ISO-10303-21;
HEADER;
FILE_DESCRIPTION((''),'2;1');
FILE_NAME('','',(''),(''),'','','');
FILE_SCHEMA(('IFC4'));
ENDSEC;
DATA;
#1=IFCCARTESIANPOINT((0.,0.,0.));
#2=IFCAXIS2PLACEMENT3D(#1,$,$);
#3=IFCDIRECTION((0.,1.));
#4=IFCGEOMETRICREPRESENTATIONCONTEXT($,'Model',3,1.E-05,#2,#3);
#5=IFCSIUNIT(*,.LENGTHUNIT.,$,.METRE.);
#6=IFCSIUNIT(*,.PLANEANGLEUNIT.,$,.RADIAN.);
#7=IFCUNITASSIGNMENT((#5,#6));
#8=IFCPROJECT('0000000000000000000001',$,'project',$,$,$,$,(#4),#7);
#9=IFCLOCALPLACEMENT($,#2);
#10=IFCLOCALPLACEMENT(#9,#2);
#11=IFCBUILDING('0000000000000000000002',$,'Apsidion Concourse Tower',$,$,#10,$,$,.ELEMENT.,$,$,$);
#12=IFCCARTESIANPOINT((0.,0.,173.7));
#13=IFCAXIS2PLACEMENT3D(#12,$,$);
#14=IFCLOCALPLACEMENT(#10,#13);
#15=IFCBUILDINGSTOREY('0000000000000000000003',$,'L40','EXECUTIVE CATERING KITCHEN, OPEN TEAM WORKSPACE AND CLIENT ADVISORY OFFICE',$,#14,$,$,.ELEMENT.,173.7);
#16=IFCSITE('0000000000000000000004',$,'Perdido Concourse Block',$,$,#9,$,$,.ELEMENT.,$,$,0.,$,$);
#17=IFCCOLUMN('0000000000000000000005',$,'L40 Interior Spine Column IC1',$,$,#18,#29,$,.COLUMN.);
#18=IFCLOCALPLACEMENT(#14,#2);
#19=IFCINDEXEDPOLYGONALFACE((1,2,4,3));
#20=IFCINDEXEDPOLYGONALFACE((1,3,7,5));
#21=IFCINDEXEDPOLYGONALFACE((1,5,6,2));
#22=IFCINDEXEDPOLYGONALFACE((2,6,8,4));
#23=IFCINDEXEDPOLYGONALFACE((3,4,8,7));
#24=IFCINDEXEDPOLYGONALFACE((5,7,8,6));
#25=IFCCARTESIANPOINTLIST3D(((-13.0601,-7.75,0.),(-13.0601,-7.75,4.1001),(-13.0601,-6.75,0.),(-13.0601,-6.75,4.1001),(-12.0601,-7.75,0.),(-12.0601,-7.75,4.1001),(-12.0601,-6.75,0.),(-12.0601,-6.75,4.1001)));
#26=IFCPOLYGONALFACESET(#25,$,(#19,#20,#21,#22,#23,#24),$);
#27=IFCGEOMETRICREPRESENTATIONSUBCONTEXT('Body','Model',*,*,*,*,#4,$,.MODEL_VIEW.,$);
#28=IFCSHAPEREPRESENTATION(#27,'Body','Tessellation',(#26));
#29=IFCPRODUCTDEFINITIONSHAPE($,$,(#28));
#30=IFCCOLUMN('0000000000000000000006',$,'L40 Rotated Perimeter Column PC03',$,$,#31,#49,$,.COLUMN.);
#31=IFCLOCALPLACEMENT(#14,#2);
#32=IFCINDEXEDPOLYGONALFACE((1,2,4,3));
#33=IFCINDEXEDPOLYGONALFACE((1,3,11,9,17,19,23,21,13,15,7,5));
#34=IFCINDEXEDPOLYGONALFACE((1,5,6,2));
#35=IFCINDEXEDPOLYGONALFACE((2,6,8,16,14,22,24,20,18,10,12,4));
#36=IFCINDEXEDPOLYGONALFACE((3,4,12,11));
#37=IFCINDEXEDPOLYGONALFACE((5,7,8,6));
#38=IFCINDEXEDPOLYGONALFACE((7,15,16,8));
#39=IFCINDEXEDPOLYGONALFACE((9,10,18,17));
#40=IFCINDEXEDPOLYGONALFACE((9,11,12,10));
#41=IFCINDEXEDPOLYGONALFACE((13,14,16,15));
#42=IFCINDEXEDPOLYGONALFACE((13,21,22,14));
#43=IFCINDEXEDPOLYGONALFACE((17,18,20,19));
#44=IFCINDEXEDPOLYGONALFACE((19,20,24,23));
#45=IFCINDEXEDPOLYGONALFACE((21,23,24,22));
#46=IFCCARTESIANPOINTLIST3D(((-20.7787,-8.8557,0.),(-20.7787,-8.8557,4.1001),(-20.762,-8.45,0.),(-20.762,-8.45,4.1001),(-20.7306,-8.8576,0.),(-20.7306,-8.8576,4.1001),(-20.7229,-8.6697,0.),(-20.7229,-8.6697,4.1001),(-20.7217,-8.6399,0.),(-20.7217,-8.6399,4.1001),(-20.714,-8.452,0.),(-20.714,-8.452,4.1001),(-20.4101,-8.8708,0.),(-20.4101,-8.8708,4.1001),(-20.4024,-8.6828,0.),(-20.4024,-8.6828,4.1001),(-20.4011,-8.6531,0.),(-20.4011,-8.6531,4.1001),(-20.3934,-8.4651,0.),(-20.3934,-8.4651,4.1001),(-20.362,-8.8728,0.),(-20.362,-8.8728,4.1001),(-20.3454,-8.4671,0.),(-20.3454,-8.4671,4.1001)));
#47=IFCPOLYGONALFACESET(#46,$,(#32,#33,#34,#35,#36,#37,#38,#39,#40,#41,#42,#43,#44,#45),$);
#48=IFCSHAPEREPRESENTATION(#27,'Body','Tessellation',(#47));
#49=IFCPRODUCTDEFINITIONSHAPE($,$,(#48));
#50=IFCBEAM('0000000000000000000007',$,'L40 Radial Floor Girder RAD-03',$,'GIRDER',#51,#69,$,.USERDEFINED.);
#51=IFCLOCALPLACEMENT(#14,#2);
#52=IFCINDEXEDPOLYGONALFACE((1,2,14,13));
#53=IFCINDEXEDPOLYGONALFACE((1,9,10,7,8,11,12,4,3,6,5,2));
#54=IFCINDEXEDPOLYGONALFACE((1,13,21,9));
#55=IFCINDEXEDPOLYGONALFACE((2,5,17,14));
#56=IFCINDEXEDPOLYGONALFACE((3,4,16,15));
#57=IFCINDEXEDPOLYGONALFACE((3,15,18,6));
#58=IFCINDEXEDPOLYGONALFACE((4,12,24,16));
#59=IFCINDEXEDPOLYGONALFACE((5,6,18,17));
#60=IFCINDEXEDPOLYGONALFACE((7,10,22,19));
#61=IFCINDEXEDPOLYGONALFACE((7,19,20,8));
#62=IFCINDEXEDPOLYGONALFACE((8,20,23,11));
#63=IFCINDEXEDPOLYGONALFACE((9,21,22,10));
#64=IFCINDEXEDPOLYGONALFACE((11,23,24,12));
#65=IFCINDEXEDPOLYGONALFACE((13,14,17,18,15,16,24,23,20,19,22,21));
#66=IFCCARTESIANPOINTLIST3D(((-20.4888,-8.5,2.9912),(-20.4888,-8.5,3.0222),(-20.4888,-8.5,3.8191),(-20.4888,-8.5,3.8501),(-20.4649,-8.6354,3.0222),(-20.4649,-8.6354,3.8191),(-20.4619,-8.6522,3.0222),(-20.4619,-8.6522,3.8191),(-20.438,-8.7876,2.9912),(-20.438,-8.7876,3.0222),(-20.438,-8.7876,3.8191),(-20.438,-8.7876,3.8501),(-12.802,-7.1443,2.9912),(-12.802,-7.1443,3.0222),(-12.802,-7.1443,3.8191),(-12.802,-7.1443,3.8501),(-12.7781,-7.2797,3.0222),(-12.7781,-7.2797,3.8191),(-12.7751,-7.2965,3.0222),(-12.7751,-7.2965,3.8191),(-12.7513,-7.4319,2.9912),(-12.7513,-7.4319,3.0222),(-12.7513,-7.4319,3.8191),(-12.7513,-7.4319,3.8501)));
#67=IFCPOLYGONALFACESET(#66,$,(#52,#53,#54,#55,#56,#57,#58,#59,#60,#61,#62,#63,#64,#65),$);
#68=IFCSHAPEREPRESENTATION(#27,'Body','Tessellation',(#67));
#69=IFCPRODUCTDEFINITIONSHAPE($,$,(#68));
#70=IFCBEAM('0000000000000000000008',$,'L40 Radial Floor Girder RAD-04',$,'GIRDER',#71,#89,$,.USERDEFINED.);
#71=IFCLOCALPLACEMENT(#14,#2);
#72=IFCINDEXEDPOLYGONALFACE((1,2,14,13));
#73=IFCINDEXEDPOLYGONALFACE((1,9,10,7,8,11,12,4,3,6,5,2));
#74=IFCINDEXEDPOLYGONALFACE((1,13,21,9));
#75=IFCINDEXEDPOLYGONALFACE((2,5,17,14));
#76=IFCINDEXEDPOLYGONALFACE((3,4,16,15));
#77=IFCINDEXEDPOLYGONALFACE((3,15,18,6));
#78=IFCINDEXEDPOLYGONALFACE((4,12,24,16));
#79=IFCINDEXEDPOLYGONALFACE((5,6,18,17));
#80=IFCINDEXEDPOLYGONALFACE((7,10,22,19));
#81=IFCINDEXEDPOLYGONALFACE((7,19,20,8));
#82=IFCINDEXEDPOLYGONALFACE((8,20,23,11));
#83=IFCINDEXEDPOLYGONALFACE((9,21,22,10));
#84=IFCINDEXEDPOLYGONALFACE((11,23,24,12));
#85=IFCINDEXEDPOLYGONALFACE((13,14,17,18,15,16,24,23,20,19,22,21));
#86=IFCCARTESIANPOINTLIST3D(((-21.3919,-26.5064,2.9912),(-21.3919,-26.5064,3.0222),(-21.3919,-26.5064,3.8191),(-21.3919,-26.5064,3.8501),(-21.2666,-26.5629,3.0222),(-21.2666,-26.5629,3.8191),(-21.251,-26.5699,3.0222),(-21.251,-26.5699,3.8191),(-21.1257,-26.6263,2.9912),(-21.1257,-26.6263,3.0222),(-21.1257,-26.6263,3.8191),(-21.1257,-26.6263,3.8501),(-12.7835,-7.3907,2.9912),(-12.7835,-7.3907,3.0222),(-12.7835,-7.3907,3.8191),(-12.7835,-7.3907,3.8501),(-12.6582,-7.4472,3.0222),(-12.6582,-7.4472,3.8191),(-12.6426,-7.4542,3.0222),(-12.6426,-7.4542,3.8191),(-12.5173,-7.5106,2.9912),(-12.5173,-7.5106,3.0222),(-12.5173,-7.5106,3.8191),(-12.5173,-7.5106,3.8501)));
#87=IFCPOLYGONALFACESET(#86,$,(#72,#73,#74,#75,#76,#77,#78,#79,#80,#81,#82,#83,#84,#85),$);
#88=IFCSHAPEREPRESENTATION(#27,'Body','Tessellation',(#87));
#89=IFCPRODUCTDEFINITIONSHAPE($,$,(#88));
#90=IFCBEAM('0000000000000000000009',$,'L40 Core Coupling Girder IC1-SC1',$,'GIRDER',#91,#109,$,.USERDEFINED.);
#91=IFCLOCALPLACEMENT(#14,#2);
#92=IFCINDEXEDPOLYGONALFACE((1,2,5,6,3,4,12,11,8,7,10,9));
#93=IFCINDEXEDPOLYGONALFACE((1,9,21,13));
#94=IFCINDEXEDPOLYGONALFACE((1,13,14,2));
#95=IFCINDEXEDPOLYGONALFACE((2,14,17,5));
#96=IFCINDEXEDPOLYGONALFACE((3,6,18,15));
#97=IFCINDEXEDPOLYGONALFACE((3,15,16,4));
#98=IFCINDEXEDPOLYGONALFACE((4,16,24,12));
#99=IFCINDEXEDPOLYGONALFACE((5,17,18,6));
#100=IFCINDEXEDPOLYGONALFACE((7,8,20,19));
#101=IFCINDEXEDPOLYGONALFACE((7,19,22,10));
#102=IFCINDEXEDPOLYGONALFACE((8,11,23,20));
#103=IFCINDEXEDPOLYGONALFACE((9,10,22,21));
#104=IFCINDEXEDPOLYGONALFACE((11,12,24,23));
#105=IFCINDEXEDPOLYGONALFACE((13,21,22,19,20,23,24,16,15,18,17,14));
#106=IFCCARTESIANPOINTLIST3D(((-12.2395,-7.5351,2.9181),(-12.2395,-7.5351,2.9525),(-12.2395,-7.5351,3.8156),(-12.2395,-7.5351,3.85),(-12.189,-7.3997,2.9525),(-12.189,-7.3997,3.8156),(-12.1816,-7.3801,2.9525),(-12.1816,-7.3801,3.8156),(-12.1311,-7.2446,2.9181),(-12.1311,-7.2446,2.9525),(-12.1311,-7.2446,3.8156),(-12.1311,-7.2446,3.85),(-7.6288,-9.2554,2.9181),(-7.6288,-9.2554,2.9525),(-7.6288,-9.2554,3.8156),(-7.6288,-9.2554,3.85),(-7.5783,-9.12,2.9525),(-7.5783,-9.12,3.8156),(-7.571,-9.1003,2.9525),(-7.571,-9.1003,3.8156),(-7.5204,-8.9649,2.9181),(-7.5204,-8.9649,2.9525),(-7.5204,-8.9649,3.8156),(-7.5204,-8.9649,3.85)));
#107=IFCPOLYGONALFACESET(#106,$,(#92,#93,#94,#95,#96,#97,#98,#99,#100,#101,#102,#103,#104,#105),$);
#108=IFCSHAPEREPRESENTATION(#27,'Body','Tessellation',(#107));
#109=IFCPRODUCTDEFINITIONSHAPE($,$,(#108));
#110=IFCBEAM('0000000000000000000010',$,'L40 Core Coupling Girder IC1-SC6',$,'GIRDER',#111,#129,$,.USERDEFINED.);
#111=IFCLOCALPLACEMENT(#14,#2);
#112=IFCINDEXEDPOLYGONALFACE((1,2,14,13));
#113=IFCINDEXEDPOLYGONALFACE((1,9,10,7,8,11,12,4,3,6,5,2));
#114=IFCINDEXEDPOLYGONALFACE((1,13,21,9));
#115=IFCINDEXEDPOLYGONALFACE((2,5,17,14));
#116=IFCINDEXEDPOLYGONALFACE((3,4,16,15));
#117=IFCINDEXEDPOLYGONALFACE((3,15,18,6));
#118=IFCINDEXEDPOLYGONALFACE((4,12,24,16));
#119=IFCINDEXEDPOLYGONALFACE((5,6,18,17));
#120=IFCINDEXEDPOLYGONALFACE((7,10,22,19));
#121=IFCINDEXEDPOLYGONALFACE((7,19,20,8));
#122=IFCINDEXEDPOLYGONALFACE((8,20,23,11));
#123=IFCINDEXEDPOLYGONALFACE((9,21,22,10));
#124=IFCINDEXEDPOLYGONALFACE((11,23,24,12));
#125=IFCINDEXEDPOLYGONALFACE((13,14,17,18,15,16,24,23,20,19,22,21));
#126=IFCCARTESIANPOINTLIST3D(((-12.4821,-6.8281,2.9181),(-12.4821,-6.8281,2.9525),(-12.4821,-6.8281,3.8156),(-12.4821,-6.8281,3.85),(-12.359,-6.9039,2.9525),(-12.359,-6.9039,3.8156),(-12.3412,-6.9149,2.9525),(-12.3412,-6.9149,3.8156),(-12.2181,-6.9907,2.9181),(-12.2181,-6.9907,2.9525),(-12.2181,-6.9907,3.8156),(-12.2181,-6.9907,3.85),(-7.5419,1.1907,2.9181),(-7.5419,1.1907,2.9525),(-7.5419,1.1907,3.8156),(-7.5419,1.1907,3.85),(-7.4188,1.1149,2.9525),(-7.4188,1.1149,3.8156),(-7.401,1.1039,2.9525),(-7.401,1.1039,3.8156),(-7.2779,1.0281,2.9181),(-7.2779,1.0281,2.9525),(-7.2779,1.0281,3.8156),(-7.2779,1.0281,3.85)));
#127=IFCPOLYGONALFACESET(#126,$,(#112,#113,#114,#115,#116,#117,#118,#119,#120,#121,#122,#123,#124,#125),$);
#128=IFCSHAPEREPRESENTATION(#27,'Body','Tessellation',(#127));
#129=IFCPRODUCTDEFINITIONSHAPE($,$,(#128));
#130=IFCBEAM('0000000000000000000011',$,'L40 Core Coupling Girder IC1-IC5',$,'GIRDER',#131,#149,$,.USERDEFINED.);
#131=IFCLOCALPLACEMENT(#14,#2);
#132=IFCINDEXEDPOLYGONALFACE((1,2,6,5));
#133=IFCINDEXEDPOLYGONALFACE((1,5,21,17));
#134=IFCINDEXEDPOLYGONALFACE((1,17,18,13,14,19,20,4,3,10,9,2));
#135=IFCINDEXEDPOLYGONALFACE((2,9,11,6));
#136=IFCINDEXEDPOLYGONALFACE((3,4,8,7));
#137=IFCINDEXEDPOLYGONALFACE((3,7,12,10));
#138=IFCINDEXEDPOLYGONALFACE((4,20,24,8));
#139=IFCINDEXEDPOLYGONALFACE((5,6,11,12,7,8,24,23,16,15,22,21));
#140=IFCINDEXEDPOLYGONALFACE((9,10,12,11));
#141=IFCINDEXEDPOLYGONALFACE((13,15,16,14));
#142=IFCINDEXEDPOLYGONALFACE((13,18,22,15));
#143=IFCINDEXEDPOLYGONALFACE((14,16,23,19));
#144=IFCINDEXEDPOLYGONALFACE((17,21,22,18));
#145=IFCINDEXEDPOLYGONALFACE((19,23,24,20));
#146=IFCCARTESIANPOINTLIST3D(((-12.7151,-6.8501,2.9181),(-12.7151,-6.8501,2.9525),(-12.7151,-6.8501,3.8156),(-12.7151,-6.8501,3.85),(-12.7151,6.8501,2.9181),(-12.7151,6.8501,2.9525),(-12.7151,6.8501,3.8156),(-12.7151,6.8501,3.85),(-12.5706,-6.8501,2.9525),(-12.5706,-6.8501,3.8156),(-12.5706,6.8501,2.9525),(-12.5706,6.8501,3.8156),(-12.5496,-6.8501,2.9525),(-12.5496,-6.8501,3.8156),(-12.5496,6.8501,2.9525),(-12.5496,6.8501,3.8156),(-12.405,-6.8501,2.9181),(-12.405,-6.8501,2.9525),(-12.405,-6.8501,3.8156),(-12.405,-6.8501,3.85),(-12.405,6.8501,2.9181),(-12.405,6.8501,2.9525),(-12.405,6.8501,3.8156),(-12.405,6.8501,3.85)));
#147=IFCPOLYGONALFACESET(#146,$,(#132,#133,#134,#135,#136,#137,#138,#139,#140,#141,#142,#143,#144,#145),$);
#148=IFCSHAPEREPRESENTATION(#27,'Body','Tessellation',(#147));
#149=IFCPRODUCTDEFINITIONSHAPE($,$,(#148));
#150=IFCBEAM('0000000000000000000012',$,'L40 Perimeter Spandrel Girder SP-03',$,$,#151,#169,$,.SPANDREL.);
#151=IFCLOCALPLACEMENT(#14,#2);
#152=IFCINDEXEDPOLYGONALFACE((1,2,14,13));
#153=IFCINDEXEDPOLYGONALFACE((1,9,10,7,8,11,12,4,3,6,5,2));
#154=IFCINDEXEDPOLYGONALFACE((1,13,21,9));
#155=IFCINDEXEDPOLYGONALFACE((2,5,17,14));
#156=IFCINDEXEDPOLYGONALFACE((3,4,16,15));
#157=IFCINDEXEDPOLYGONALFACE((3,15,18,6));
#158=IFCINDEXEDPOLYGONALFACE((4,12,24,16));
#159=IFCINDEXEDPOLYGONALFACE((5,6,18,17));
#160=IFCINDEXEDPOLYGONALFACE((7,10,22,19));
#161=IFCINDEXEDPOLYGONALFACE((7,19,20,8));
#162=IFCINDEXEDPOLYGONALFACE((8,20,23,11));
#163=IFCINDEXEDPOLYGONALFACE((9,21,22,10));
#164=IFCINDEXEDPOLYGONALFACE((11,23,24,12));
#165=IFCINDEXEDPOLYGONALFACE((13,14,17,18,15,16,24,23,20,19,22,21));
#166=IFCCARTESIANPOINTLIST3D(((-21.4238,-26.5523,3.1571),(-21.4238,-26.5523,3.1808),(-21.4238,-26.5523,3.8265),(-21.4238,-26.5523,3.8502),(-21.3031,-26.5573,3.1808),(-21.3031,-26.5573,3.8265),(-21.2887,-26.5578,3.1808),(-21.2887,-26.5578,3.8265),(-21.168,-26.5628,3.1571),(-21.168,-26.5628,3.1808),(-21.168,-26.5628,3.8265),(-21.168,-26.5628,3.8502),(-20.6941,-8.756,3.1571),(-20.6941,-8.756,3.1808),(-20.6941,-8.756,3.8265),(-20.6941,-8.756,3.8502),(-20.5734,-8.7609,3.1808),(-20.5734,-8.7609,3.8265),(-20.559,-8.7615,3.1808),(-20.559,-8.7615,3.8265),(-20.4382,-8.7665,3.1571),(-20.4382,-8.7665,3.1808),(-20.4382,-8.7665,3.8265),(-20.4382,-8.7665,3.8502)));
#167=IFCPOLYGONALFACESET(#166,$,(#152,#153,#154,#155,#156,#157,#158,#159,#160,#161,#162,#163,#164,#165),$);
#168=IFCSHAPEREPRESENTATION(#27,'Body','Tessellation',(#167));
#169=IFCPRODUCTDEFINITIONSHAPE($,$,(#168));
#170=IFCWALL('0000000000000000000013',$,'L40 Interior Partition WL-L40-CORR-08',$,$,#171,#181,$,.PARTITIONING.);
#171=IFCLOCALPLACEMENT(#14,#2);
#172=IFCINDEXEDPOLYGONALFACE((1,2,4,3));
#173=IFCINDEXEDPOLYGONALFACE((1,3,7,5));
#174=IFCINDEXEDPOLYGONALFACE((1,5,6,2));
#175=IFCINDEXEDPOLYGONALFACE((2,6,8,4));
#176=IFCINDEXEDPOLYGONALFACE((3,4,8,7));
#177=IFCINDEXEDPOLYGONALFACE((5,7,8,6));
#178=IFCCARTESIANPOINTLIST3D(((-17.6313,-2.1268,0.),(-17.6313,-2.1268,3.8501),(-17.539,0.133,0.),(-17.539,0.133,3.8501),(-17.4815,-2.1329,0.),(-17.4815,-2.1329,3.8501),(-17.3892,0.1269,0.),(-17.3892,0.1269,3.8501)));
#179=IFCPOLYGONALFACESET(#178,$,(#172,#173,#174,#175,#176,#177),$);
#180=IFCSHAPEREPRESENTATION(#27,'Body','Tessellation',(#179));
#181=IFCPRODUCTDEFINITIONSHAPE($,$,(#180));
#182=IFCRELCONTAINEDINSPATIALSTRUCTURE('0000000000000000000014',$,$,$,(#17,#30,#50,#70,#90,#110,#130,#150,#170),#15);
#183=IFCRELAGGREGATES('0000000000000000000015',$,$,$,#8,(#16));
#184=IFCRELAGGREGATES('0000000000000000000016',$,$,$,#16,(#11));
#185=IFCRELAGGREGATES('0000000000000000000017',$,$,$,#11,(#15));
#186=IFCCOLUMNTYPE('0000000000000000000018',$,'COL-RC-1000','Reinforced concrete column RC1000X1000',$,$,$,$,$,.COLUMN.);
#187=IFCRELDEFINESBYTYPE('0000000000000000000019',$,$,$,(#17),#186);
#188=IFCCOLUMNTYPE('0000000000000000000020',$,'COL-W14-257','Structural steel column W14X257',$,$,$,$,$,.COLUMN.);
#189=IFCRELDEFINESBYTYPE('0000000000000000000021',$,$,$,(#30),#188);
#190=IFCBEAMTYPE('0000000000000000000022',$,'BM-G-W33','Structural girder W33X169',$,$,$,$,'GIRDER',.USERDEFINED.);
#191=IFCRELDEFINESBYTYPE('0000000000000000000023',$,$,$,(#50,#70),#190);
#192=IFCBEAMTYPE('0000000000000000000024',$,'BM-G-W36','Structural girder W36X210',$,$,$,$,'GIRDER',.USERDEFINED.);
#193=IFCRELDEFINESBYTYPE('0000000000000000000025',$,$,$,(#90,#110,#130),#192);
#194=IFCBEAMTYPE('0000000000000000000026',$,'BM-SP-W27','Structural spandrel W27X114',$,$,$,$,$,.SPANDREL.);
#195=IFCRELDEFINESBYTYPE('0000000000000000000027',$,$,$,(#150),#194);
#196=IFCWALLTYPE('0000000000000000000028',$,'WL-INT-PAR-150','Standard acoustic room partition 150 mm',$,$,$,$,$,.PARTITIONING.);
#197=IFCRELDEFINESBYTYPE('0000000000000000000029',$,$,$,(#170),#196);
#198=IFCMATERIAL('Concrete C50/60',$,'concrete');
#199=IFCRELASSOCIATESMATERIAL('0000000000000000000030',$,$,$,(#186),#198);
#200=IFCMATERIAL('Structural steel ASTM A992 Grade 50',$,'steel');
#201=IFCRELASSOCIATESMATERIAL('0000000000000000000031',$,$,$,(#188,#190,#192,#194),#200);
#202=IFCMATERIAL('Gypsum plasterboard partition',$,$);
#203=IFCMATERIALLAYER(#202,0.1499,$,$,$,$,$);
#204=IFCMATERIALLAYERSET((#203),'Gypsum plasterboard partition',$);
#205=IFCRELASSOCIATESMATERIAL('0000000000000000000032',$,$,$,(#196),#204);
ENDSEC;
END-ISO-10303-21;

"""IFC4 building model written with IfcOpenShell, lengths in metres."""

from ifc_helpers import new_model, si_unit, direction, frame, frame_2d, origin, origin_2d, place, context, subcontext, project, spatial, rectangle, i_section, extrude, material, layer, layer_set, material_profile, profile_set, type_object, element, save


model = new_model("IFC4")

# Units and contexts
model_context = context("Model", 3, precision=1e-05, world=origin(), true_north=direction((0.0, 1.0)))
body_context = subcontext(model_context, "Body", "Model", "MODEL_VIEW")
ifc_project = project(units=[si_unit("LENGTHUNIT", "METRE"), si_unit("PLANEANGLEUNIT", "RADIAN")], contexts=[model_context])

# Site, building, storey
site_placement = place(None, origin())
site = spatial("IfcSite", under=ifc_project, at=site_placement, Name="Perdido Concourse Block", CompositionType="ELEMENT", RefElevation=0.0)
building_placement = place(site_placement, origin())
building = spatial("IfcBuilding", under=site, at=building_placement, Name="Apsidion Concourse Tower", CompositionType="ELEMENT")
storey_placement = place(building_placement, frame((0.0, 0.0, 173.7)))
storey = spatial("IfcBuildingStorey", under=building, at=storey_placement, Name="L40", Description="EXECUTIVE CATERING KITCHEN, OPEN TEAM WORKSPACE AND CLIENT ADVISORY OFFICE", CompositionType="ELEMENT", Elevation=173.7)

# Columns
ifc_material_1 = material(Name="Concrete C50/60", Category="concrete")
ifc_material_profile_1 = material_profile(ifc_material_1, rectangle(XDim=1.0, YDim=1.0, at=origin_2d()), Name="RC 1000x1000")
ifc_profile_set_1 = profile_set([ifc_material_profile_1], Name="Concrete C50/60")
column_type_1 = type_object("IfcColumnType", Name="COL-RC-1000", Description="Reinforced concrete column RC1000X1000", PredefinedType="COLUMN", material=ifc_profile_set_1)
column_1_placement = place(storey_placement, frame((-12.5601, -7.25, 0.0), z_axis=(0.0, 0.0, 1.0), x_axis=(1.0, 0.0, 0.0)))
element("IfcColumn", 1, at=column_1_placement, inside=storey, type_object=column_type_1, Name="L40 Interior Spine Column IC1", PredefinedType="COLUMN", context=body_context, shape_type="SweptSolid", body=[
    extrude(rectangle(XDim=1.0, YDim=1.0, at=origin_2d()), origin(), (0.0, 0.0, 1.0), 4.1001),
])
ifc_material_2 = material(Name="Structural steel ASTM A992 Grade 50", Category="steel")
ifc_material_profile_2 = material_profile(ifc_material_2, i_section(OverallWidth=0.406, OverallDepth=0.417, WebThickness=0.0298, FlangeThickness=0.0481, at=origin_2d()), Name="W14X257")
ifc_profile_set_2 = profile_set([ifc_material_profile_2], Name="Structural steel ASTM A992 Grade 50")
column_type_2 = type_object("IfcColumnType", Name="COL-W14-257", Description="Structural steel column W14X257", PredefinedType="COLUMN", material=ifc_profile_set_2)
column_2_placement = place(storey_placement, frame((-20.562, -8.6614, 0.0), z_axis=(0.0, 0.0, 1.0), x_axis=(0.041004, 0.999159, 0.0)))
element("IfcColumn", 2, at=column_2_placement, inside=storey, type_object=column_type_2, Name="L40 Rotated Perimeter Column PC03", PredefinedType="COLUMN", context=body_context, shape_type="SweptSolid", body=[
    extrude(i_section(OverallWidth=0.406, OverallDepth=0.417, WebThickness=0.0298, FlangeThickness=0.0481, at=origin_2d()), origin(), (0.0, 0.0, 1.0), 4.1001),
])

# Beams
ifc_material_profile_3 = material_profile(ifc_material_2, i_section(OverallWidth=0.292, OverallDepth=0.8589, WebThickness=0.0171, FlangeThickness=0.031, at=origin_2d()), Name="W33X169")
ifc_profile_set_3 = profile_set([ifc_material_profile_3], Name="Structural steel ASTM A992 Grade 50")
beam_type_1 = type_object("IfcBeamType", Name="BM-G-W33", Description="Structural girder W33X169", ElementType="GIRDER", PredefinedType="USERDEFINED", material=ifc_profile_set_3)
beam_1_placement = place(storey_placement, frame((-12.7766, -7.2881, 3.4207), z_axis=(-0.984801, -0.173689, 0.0), x_axis=(0.173689, -0.984801, 0.0)))
element("IfcBeam", 3, at=beam_1_placement, inside=storey, type_object=beam_type_1, Name="L40 Radial Floor Girder RAD-03", ObjectType="GIRDER", PredefinedType="USERDEFINED", context=body_context, shape_type="SweptSolid", body=[
    extrude(i_section(OverallWidth=0.292, OverallDepth=0.8589, WebThickness=0.0171, FlangeThickness=0.031, at=origin_2d()), origin(), (0.0, 0.0, 1.0), 7.8054),
])
beam_2_placement = place(storey_placement, frame((-12.6504, -7.4507, 3.4207), z_axis=(-0.410615, -0.911809, 0.0), x_axis=(0.911809, -0.410615, 0.0)))
element("IfcBeam", 4, at=beam_2_placement, inside=storey, type_object=beam_type_1, Name="L40 Radial Floor Girder RAD-04", ObjectType="GIRDER", PredefinedType="USERDEFINED", context=body_context, shape_type="SweptSolid", body=[
    extrude(i_section(OverallWidth=0.292, OverallDepth=0.8589, WebThickness=0.0171, FlangeThickness=0.031, at=origin_2d()), origin(), (0.0, 0.0, 1.0), 20.9646),
])
ifc_material_profile_4 = material_profile(ifc_material_2, i_section(OverallWidth=0.3101, OverallDepth=0.9319, WebThickness=0.021, FlangeThickness=0.0344, at=origin_2d()), Name="W36X210")
ifc_profile_set_4 = profile_set([ifc_material_profile_4], Name="Structural steel ASTM A992 Grade 50")
beam_type_2 = type_object("IfcBeamType", Name="BM-G-W36", Description="Structural girder W36X210", ElementType="GIRDER", PredefinedType="USERDEFINED", material=ifc_profile_set_4)
beam_3_placement = place(storey_placement, frame((-12.1853, -7.3899, 3.384), z_axis=(0.936913, -0.349563, 0.0), x_axis=(0.349563, 0.936913, 0.0)))
element("IfcBeam", 5, at=beam_3_placement, inside=storey, type_object=beam_type_2, Name="L40 Core Coupling Girder IC1-SC1", ObjectType="GIRDER", PredefinedType="USERDEFINED", context=body_context, shape_type="SweptSolid", body=[
    extrude(i_section(OverallWidth=0.3101, OverallDepth=0.9319, WebThickness=0.021, FlangeThickness=0.0344, at=origin_2d()), origin(), (0.0, 0.0, 1.0), 4.9211),
])
beam_4_placement = place(storey_placement, frame((-12.3501, -6.9094, 3.384), z_axis=(0.524524, 0.851396, 0.0), x_axis=(-0.851396, 0.524524, 0.0)))
element("IfcBeam", 6, at=beam_4_placement, inside=storey, type_object=beam_type_2, Name="L40 Core Coupling Girder IC1-SC6", ObjectType="GIRDER", PredefinedType="USERDEFINED", context=body_context, shape_type="SweptSolid", body=[
    extrude(i_section(OverallWidth=0.3101, OverallDepth=0.9319, WebThickness=0.021, FlangeThickness=0.0344, at=origin_2d()), origin(), (0.0, 0.0, 1.0), 9.4185),
])
beam_5_placement = place(storey_placement, frame((-12.5601, -6.8501, 3.384), z_axis=(0.0, 1.0, 0.0), x_axis=(-1.0, 0.0, 0.0)))
element("IfcBeam", 7, at=beam_5_placement, inside=storey, type_object=beam_type_2, Name="L40 Core Coupling Girder IC1-IC5", ObjectType="GIRDER", PredefinedType="USERDEFINED", context=body_context, shape_type="SweptSolid", body=[
    extrude(i_section(OverallWidth=0.3101, OverallDepth=0.9319, WebThickness=0.021, FlangeThickness=0.0344, at=origin_2d()), origin(), (0.0, 0.0, 1.0), 13.7002),
])
ifc_material_profile_5 = material_profile(ifc_material_2, i_section(OverallWidth=0.2561, OverallDepth=0.6931, WebThickness=0.0144, FlangeThickness=0.0237, at=origin_2d()), Name="W27X114")
ifc_profile_set_5 = profile_set([ifc_material_profile_5], Name="Structural steel ASTM A992 Grade 50")
beam_type_3 = type_object("IfcBeamType", Name="BM-SP-W27", Description="Structural spandrel W27X114", PredefinedType="SPANDREL", material=ifc_profile_set_5)
beam_6_placement = place(storey_placement, frame((-20.5662, -8.7612, 3.5037), z_axis=(-0.04097, -0.99916, 0.0), x_axis=(0.99916, -0.04097, 0.0)))
element("IfcBeam", 8, at=beam_6_placement, inside=storey, type_object=beam_type_3, Name="L40 Perimeter Spandrel Girder SP-03", PredefinedType="SPANDREL", context=body_context, shape_type="SweptSolid", body=[
    extrude(i_section(OverallWidth=0.2561, OverallDepth=0.6931, WebThickness=0.0144, FlangeThickness=0.0237, at=origin_2d()), origin(), (0.0, 0.0, 1.0), 17.8113),
])

# Wall
ifc_material_3 = material(Name="Gypsum plasterboard partition")
ifc_layer = layer(ifc_material_3, 0.1499)
ifc_layer_set = layer_set([ifc_layer], Name="Gypsum plasterboard partition")
wall_type = type_object("IfcWallType", Name="WL-INT-PAR-150", Description="Standard acoustic room partition 150 mm", PredefinedType="PARTITIONING", material=ifc_layer_set)
wall_1_placement = place(storey_placement, frame((-17.5564, -2.1299, 0.0), z_axis=(0.0, 0.0, 1.0), x_axis=(0.040804, 0.999167, 0.0)))
element("IfcWall", 9, at=wall_1_placement, inside=storey, type_object=wall_type, Name="L40 Interior Partition WL-L40-CORR-08", PredefinedType="PARTITIONING", context=body_context, shape_type="SweptSolid", body=[
    extrude(rectangle(XDim=2.2617, YDim=0.1499, at=frame_2d((1.1309, 0.0))), origin(), (0.0, 0.0, 1.0), 3.8501),
])

save(model, "model.ifc")
